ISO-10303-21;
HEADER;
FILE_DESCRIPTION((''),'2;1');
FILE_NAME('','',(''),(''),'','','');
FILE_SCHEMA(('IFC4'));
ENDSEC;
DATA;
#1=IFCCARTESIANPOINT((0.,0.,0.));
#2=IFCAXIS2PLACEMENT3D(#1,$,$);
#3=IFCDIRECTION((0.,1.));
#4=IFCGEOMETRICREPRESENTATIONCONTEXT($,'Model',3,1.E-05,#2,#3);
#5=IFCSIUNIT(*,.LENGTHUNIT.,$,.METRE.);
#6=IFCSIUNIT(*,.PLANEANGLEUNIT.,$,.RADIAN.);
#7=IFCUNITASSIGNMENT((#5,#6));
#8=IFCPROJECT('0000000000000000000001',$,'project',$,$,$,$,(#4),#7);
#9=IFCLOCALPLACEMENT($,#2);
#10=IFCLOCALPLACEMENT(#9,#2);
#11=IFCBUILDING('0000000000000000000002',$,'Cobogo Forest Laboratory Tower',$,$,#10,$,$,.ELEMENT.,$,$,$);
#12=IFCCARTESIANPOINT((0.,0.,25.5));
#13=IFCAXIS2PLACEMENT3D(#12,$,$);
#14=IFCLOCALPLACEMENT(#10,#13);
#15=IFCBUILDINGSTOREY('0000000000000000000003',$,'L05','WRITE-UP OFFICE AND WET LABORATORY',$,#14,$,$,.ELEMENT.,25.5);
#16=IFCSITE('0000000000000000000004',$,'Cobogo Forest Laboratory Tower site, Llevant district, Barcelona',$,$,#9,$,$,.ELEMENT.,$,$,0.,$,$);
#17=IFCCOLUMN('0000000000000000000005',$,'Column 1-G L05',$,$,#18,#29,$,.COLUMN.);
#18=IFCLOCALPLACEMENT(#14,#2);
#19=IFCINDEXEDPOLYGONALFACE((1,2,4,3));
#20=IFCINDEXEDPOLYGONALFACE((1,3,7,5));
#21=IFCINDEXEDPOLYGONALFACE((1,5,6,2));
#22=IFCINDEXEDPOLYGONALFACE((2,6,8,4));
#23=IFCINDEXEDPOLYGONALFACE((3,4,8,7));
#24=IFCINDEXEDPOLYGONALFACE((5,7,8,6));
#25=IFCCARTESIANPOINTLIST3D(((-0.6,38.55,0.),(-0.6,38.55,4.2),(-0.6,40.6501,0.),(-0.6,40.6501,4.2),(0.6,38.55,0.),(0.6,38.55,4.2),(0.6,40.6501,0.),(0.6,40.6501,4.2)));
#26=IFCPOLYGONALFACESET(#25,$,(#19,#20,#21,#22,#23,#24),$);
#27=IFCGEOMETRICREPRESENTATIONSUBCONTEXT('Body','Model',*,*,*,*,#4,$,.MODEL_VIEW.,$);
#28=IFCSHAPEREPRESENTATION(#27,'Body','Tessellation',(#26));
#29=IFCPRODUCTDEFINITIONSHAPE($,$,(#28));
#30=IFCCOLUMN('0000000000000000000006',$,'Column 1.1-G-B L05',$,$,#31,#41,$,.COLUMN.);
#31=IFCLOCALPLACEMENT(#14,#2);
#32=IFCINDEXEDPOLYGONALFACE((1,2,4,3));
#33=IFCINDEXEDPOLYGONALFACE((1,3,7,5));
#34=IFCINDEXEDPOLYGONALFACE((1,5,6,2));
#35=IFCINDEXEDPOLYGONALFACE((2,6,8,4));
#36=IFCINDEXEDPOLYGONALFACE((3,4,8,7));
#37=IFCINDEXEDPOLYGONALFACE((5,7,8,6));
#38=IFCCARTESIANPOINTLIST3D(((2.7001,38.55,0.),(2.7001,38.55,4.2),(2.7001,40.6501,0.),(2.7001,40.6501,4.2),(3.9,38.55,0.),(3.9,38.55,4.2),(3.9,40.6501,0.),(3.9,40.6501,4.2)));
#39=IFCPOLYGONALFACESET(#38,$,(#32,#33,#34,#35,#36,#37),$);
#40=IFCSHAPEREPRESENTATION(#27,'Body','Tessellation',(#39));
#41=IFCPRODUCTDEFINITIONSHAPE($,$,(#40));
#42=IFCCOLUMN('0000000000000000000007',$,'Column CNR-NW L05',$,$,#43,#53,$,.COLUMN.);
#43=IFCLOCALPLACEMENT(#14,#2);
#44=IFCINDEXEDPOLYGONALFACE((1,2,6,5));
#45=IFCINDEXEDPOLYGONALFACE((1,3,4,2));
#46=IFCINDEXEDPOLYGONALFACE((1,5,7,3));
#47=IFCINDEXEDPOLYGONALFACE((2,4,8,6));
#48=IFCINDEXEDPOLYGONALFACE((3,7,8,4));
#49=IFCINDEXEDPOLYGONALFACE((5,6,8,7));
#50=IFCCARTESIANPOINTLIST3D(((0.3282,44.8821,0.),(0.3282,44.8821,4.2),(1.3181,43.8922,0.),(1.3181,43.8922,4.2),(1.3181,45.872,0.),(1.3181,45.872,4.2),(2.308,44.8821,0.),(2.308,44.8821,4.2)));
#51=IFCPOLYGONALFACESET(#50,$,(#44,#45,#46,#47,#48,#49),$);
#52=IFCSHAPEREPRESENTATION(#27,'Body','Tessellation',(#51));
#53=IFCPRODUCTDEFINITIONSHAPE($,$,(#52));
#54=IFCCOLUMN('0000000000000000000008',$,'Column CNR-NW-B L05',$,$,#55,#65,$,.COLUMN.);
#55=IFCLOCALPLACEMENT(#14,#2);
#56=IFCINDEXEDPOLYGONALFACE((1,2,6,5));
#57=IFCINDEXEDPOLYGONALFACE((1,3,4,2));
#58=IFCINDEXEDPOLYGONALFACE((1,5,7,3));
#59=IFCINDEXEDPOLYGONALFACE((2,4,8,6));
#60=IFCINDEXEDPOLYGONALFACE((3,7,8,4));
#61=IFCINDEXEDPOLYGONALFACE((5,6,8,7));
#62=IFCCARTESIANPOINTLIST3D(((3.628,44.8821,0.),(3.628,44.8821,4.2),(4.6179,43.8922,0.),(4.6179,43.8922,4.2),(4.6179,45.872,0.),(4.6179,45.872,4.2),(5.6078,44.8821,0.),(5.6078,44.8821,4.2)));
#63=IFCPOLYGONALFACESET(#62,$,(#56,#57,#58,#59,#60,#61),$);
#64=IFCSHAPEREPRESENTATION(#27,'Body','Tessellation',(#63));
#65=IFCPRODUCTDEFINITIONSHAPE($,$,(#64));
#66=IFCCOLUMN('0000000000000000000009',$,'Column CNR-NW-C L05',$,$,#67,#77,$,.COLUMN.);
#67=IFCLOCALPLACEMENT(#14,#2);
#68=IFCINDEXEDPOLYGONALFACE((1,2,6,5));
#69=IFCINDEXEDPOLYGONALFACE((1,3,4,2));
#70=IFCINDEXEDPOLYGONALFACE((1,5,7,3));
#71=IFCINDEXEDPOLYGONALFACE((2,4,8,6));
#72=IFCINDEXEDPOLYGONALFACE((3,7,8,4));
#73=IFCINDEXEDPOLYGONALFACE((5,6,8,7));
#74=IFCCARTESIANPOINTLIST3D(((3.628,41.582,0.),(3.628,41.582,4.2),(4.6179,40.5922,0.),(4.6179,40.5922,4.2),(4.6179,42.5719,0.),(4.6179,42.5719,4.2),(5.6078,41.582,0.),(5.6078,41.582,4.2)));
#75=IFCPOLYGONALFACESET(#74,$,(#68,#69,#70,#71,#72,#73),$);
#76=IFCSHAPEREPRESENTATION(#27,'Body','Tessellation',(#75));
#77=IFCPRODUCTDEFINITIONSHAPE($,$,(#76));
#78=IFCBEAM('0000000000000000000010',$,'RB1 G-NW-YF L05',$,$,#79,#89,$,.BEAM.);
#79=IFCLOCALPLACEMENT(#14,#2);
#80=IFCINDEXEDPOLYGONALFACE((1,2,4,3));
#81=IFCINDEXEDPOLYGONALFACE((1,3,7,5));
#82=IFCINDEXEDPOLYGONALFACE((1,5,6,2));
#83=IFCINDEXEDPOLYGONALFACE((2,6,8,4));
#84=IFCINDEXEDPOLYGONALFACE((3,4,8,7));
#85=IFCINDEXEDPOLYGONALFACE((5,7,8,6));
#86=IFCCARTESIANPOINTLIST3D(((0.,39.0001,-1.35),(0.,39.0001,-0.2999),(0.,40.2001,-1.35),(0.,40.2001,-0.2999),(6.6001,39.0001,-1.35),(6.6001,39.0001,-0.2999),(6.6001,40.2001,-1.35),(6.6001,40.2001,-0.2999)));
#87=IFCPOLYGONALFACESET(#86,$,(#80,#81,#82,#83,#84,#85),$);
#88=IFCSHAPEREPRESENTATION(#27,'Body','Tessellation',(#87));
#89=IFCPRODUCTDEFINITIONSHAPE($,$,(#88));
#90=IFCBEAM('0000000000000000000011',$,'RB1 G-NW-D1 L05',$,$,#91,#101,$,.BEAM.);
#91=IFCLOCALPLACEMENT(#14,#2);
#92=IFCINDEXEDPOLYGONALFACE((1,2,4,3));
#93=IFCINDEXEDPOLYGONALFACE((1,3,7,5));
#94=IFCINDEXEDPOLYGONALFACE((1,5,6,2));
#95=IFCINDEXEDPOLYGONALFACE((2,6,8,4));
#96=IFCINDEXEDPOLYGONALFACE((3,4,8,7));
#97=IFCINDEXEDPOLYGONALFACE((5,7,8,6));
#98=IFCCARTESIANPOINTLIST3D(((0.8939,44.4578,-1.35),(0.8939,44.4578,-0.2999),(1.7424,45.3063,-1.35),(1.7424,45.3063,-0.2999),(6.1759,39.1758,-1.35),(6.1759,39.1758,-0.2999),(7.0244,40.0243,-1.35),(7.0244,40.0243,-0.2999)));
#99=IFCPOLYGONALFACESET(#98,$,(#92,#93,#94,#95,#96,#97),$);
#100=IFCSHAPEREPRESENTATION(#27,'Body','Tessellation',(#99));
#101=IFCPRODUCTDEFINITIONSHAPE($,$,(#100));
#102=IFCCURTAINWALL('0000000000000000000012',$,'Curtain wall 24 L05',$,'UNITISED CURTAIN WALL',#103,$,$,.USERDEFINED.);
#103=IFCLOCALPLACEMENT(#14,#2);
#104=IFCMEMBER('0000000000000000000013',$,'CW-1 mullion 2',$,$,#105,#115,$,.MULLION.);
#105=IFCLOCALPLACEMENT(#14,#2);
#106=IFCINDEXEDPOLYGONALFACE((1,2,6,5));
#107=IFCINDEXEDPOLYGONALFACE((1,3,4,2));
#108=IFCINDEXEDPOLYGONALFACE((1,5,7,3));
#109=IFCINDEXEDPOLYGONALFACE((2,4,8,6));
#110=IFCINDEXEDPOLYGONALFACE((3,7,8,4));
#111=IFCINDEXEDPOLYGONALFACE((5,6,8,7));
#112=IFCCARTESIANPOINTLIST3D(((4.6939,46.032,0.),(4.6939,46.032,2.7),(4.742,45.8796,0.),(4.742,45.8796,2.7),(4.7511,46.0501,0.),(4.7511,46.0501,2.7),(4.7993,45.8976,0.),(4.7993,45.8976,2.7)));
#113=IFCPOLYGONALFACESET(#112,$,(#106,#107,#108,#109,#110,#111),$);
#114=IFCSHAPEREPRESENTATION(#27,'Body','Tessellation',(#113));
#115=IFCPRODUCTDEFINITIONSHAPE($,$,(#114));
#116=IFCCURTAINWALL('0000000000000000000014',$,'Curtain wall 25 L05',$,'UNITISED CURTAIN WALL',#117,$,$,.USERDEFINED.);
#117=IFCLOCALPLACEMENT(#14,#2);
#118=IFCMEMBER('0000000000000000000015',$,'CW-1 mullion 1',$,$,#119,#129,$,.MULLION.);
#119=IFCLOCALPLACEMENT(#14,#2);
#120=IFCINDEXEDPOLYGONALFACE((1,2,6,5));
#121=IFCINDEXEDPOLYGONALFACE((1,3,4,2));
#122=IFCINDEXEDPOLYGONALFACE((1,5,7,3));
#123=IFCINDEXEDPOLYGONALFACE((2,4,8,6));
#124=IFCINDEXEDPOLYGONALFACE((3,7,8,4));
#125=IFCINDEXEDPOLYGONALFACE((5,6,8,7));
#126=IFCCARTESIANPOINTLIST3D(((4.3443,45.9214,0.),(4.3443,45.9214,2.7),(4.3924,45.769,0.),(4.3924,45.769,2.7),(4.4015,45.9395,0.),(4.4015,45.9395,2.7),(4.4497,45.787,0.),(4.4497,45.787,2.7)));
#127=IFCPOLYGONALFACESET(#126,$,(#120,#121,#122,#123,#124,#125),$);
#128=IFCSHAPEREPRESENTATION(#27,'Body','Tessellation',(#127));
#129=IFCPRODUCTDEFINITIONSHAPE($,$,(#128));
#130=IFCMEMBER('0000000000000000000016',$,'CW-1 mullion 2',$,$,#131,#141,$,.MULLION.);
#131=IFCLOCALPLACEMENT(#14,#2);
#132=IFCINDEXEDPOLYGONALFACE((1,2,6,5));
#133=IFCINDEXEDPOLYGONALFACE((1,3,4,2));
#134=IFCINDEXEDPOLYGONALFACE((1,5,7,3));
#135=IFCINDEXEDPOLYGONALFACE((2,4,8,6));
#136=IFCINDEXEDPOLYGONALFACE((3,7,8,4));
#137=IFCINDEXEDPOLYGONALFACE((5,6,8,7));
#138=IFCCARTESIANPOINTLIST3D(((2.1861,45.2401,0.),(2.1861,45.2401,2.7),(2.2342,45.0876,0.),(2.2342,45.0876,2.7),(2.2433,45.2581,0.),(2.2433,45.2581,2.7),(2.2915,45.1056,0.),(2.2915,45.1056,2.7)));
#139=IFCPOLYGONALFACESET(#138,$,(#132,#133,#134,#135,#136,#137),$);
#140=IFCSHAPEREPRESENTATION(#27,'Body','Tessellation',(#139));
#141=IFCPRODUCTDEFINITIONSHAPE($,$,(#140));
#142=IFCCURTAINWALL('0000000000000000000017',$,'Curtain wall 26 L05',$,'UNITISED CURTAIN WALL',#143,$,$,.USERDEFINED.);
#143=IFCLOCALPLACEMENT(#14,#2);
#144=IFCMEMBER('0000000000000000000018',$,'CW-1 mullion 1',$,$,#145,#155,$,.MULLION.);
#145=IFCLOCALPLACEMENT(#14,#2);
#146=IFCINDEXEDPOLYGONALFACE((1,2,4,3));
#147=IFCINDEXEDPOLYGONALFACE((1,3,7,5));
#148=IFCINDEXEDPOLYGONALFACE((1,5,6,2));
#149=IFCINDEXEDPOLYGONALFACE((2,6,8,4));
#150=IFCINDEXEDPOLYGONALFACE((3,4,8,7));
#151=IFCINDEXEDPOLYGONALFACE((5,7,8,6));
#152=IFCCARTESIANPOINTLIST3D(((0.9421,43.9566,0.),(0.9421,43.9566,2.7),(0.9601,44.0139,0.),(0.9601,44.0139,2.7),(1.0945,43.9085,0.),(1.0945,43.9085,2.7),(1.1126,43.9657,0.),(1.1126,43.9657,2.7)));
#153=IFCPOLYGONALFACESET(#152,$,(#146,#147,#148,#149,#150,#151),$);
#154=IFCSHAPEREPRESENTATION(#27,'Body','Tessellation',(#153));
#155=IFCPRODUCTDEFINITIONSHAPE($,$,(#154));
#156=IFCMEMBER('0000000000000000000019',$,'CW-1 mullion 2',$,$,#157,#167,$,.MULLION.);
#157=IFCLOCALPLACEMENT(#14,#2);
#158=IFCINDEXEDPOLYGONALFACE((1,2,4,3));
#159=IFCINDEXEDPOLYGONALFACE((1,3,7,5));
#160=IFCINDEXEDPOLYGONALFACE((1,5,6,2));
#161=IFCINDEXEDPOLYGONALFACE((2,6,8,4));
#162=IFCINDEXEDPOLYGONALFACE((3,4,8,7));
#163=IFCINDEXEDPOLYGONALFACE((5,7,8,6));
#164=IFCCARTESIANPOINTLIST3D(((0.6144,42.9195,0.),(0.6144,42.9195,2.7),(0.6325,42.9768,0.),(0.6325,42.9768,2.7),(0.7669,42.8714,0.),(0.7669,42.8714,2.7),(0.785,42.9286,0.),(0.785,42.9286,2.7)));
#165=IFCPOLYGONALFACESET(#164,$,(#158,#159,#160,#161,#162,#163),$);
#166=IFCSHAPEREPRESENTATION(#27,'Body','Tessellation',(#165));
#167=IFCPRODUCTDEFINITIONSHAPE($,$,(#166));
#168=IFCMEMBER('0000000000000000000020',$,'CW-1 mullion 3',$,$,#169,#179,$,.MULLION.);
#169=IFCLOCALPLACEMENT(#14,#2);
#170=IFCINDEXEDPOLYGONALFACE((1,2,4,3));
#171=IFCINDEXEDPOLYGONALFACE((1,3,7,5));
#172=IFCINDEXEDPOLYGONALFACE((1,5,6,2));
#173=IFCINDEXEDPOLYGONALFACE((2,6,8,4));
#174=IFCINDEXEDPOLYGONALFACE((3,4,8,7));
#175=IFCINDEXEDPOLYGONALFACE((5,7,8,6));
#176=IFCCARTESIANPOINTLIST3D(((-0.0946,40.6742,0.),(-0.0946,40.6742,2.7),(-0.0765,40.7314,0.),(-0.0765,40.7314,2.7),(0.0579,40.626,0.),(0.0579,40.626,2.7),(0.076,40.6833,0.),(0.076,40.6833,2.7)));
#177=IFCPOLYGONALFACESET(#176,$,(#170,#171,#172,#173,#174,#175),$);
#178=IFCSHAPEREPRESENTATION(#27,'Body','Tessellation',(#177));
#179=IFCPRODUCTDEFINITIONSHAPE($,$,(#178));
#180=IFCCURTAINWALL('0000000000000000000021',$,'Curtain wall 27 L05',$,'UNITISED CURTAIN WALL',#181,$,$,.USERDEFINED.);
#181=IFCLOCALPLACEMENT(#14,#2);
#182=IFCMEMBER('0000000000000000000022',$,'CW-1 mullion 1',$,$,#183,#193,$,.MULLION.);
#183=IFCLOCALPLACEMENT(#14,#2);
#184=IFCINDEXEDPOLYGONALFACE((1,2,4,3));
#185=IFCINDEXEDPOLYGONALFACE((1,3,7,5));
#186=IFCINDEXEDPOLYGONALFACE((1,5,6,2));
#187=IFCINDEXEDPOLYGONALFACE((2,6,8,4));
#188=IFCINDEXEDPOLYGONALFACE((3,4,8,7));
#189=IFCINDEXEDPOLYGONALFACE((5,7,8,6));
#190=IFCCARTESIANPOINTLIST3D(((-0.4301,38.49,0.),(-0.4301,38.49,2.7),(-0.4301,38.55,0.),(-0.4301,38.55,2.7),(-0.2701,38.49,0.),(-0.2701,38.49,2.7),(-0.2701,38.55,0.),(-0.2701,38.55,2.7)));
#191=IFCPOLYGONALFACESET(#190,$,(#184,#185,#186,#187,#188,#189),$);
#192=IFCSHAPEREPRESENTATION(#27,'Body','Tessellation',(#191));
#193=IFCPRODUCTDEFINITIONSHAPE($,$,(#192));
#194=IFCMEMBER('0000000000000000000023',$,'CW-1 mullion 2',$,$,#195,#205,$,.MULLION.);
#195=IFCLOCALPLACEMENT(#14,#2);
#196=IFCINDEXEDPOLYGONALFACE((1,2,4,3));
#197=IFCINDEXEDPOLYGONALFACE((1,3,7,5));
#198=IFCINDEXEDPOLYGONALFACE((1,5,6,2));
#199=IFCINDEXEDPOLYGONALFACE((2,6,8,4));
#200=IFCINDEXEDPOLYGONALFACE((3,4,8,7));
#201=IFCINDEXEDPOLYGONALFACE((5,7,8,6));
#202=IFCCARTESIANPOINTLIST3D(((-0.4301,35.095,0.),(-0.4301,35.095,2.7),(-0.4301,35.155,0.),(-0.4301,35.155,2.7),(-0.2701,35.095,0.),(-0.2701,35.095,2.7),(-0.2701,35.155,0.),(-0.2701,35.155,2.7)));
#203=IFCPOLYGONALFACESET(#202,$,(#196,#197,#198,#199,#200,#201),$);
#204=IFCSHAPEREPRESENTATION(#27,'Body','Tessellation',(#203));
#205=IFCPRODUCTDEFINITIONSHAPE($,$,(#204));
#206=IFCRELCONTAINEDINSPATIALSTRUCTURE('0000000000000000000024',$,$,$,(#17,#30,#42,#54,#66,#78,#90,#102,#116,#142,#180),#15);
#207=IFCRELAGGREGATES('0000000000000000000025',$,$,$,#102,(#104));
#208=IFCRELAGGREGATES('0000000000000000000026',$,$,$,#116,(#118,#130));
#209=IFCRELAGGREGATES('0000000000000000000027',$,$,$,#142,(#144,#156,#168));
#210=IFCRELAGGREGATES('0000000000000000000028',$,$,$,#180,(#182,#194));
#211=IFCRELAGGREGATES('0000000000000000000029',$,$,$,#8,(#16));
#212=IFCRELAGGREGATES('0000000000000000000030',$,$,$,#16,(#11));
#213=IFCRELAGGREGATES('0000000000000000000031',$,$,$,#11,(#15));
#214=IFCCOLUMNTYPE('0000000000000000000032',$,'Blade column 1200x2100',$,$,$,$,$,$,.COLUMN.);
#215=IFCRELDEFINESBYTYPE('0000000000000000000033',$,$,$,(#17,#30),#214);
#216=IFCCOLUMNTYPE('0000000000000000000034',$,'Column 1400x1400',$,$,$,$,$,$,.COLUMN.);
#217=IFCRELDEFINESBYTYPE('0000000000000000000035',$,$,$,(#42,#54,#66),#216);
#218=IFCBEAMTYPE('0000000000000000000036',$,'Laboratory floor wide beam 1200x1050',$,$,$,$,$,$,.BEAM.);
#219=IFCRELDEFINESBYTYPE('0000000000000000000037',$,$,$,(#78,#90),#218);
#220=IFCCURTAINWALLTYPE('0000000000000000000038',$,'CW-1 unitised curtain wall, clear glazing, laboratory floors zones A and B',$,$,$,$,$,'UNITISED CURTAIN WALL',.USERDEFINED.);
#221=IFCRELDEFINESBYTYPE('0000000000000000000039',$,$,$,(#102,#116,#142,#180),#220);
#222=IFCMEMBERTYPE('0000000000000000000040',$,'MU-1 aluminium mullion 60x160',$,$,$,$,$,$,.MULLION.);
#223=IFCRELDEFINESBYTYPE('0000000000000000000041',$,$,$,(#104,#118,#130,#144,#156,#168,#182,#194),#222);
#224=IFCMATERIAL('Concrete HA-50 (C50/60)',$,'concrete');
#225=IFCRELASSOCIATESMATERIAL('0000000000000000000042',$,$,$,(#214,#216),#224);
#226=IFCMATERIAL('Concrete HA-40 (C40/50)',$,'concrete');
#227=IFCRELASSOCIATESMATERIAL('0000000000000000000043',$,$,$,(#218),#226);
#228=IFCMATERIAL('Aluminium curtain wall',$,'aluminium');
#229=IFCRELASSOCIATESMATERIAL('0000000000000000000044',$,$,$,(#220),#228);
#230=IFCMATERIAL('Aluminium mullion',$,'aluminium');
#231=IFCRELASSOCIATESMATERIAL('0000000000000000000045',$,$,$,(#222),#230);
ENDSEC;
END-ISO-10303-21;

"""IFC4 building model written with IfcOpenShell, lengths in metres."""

from ifc_helpers import new_model, si_unit, direction, frame, origin, origin_2d, place, context, subcontext, project, spatial, rectangle, extrude, material, material_profile, profile_set, type_object, element, aggregate, save


model = new_model("IFC4")

# Units and contexts
model_context = context("Model", 3, precision=1e-05, world=origin(), true_north=direction((0.0, 1.0)))
body_context = subcontext(model_context, "Body", "Model", "MODEL_VIEW")
ifc_project = project(units=[si_unit("LENGTHUNIT", "METRE"), si_unit("PLANEANGLEUNIT", "RADIAN")], contexts=[model_context])

# Site, building, storey
site_placement = place(None, origin())
site = spatial("IfcSite", under=ifc_project, at=site_placement, Name="Cobogo Forest Laboratory Tower site, Llevant district, Barcelona", CompositionType="ELEMENT", RefElevation=0.0)
building_placement = place(site_placement, origin())
building = spatial("IfcBuilding", under=site, at=building_placement, Name="Cobogo Forest Laboratory Tower", CompositionType="ELEMENT")
storey_placement = place(building_placement, frame((0.0, 0.0, 25.5)))
storey = spatial("IfcBuildingStorey", under=building, at=storey_placement, Name="L05", Description="WRITE-UP OFFICE AND WET LABORATORY", CompositionType="ELEMENT", Elevation=25.5)

# Columns
ifc_material_1 = material(Name="Concrete HA-50 (C50/60)", Category="concrete")
ifc_material_profile_1 = material_profile(ifc_material_1, rectangle(XDim=2.1001, YDim=1.2, at=origin_2d()), Name="RC 1200x2100")
ifc_profile_set_1 = profile_set([ifc_material_profile_1], Name="Concrete HA-50 (C50/60)")
column_type_1 = type_object("IfcColumnType", Name="Blade column 1200x2100", PredefinedType="COLUMN", material=ifc_profile_set_1)
for number, where, z_axis, x_axis, name in (
    (1, (0.0, 39.6001, 0.0), (0.0, 0.0, 1.0), (0.0, 1.0, 0.0), "Column 1-G L05"),
    (2, (3.3, 39.6001, 0.0), (0.0, 0.0, 1.0), (0.0, 1.0, 0.0), "Column 1.1-G-B L05"),
):
    element("IfcColumn", number, at=place(storey_placement, frame(where, z_axis=z_axis, x_axis=x_axis)), inside=storey, type_object=column_type_1, Name=name, PredefinedType="COLUMN", context=body_context, shape_type="SweptSolid", body=[
        extrude(rectangle(XDim=2.1001, YDim=1.2, at=origin_2d()), origin(), (0.0, 0.0, 1.0), 4.2),
    ])
ifc_material_profile_2 = material_profile(ifc_material_1, rectangle(XDim=1.3999, YDim=1.3999, at=origin_2d()), Name="RC 1400x1400")
ifc_profile_set_2 = profile_set([ifc_material_profile_2], Name="Concrete HA-50 (C50/60)")
column_type_2 = type_object("IfcColumnType", Name="Column 1400x1400", PredefinedType="COLUMN", material=ifc_profile_set_2)
for number, where, z_axis, x_axis, name in (
    (3, (1.3181, 44.8821, 0.0), (0.0, 0.0, 1.0), (0.707107, 0.707107, 0.0), "Column CNR-NW L05"),
    (4, (4.6179, 44.8821, 0.0), (0.0, 0.0, 1.0), (0.707107, 0.707107, 0.0), "Column CNR-NW-B L05"),
    (5, (4.6179, 41.582, 0.0), (0.0, 0.0, 1.0), (0.707107, 0.707107, 0.0), "Column CNR-NW-C L05"),
):
    element("IfcColumn", number, at=place(storey_placement, frame(where, z_axis=z_axis, x_axis=x_axis)), inside=storey, type_object=column_type_2, Name=name, PredefinedType="COLUMN", context=body_context, shape_type="SweptSolid", body=[
        extrude(rectangle(XDim=1.3999, YDim=1.3999, at=origin_2d()), origin(), (0.0, 0.0, 1.0), 4.2),
    ])

# Beams
ifc_material_2 = material(Name="Concrete HA-40 (C40/50)", Category="concrete")
ifc_material_profile_3 = material_profile(ifc_material_2, rectangle(XDim=1.2, YDim=1.05, at=origin_2d()), Name="RC 1200x1050")
ifc_profile_set_3 = profile_set([ifc_material_profile_3], Name="Concrete HA-40 (C40/50)")
beam_type_1 = type_object("IfcBeamType", Name="Laboratory floor wide beam 1200x1050", PredefinedType="BEAM", material=ifc_profile_set_3)
beam_1_placement = place(storey_placement, frame((0.0, 39.6001, -0.825), z_axis=(1.0, 0.0, 0.0), x_axis=(0.0, 1.0, 0.0)))
element("IfcBeam", 6, at=beam_1_placement, inside=storey, type_object=beam_type_1, Name="RB1 G-NW-YF L05", PredefinedType="BEAM", context=body_context, shape_type="SweptSolid", body=[
    extrude(rectangle(XDim=1.2, YDim=1.05, at=origin_2d()), origin(), (0.0, 0.0, 1.0), 6.6001),
])
beam_2_placement = place(storey_placement, frame((1.3181, 44.8821, -0.825), z_axis=(0.707107, -0.707107, 0.0), x_axis=(0.707107, 0.707107, 0.0)))
element("IfcBeam", 7, at=beam_2_placement, inside=storey, type_object=beam_type_1, Name="RB1 G-NW-D1 L05", PredefinedType="BEAM", context=body_context, shape_type="SweptSolid", body=[
    extrude(rectangle(XDim=1.2, YDim=1.05, at=origin_2d()), origin(), (0.0, 0.0, 1.0), 7.47),
])

# Curtain wall, member
ifc_material_3 = material(Name="Aluminium curtain wall", Category="aluminium")
curtain_wall_type = type_object("IfcCurtainWallType", Name="CW-1 unitised curtain wall, clear glazing, laboratory floors zones A and B", ElementType="UNITISED CURTAIN WALL", PredefinedType="USERDEFINED", material=ifc_material_3)
curtain_wall_1_placement = place(storey_placement, origin())
curtain_wall_1 = element("IfcCurtainWall", 8, at=curtain_wall_1_placement, inside=storey, type_object=curtain_wall_type, Name="Curtain wall 24 L05", ObjectType="UNITISED CURTAIN WALL", PredefinedType="USERDEFINED")
ifc_material_4 = material(Name="Aluminium mullion", Category="aluminium")
ifc_material_profile_4 = material_profile(ifc_material_4, rectangle(XDim=0.0601, YDim=0.1599, at=origin_2d()), Name="AL 60x160")
ifc_profile_set_4 = profile_set([ifc_material_profile_4], Name="Aluminium mullion")
member_type_1 = type_object("IfcMemberType", Name="MU-1 aluminium mullion 60x160", PredefinedType="MULLION", material=ifc_profile_set_4)
member_1_placement = place(storey_placement, frame((4.7466, 45.9648, 0.0), z_axis=(0.0, 0.0, 1.0), x_axis=(-0.953582, -0.301135, 0.0)))
member_1 = element("IfcMember", 9, at=member_1_placement, type_object=member_type_1, Name="CW-1 mullion 2", PredefinedType="MULLION", context=body_context, shape_type="SweptSolid", body=[
    extrude(rectangle(XDim=0.0601, YDim=0.1599, at=origin_2d()), origin(), (0.0, 0.0, 1.0), 2.7),
])
aggregate(curtain_wall_1, [member_1])

# Curtain walls, members
curtain_wall_2_placement = place(storey_placement, origin())
curtain_wall_2 = element("IfcCurtainWall", 10, at=curtain_wall_2_placement, inside=storey, type_object=curtain_wall_type, Name="Curtain wall 25 L05", ObjectType="UNITISED CURTAIN WALL", PredefinedType="USERDEFINED")
member_2_placement = place(storey_placement, frame((4.397, 45.8542, 0.0), z_axis=(0.0, 0.0, 1.0), x_axis=(-0.953581, -0.301135, 0.0)))
member_2 = element("IfcMember", 11, at=member_2_placement, type_object=member_type_1, Name="CW-1 mullion 1", PredefinedType="MULLION", context=body_context, shape_type="SweptSolid", body=[
    extrude(rectangle(XDim=0.0601, YDim=0.1599, at=origin_2d()), origin(), (0.0, 0.0, 1.0), 2.7),
])
member_3_placement = place(storey_placement, frame((2.2388, 45.1729, 0.0), z_axis=(0.0, 0.0, 1.0), x_axis=(-0.953581, -0.301135, 0.0)))
member_3 = element("IfcMember", 12, at=member_3_placement, type_object=member_type_1, Name="CW-1 mullion 2", PredefinedType="MULLION", context=body_context, shape_type="SweptSolid", body=[
    extrude(rectangle(XDim=0.0601, YDim=0.1599, at=origin_2d()), origin(), (0.0, 0.0, 1.0), 2.7),
])
curtain_wall_3_placement = place(storey_placement, origin())
curtain_wall_3 = element("IfcCurtainWall", 13, at=curtain_wall_3_placement, inside=storey, type_object=curtain_wall_type, Name="Curtain wall 26 L05", ObjectType="UNITISED CURTAIN WALL", PredefinedType="USERDEFINED")
member_4_placement = place(storey_placement, frame((1.0273, 43.9612, 0.0), z_axis=(0.0, 0.0, 1.0), x_axis=(-0.301135, -0.953581, 0.0)))
member_4 = element("IfcMember", 14, at=member_4_placement, type_object=member_type_1, Name="CW-1 mullion 1", PredefinedType="MULLION", context=body_context, shape_type="SweptSolid", body=[
    extrude(rectangle(XDim=0.0601, YDim=0.1599, at=origin_2d()), origin(), (0.0, 0.0, 1.0), 2.7),
])
member_5_placement = place(storey_placement, frame((0.6997, 42.9241, 0.0), z_axis=(0.0, 0.0, 1.0), x_axis=(-0.301135, -0.953581, 0.0)))
member_5 = element("IfcMember", 15, at=member_5_placement, type_object=member_type_1, Name="CW-1 mullion 2", PredefinedType="MULLION", context=body_context, shape_type="SweptSolid", body=[
    extrude(rectangle(XDim=0.0601, YDim=0.1599, at=origin_2d()), origin(), (0.0, 0.0, 1.0), 2.7),
])
member_6_placement = place(storey_placement, frame((-0.0093, 40.6787, 0.0), z_axis=(0.0, 0.0, 1.0), x_axis=(-0.301135, -0.953581, 0.0)))
member_6 = element("IfcMember", 16, at=member_6_placement, type_object=member_type_1, Name="CW-1 mullion 3", PredefinedType="MULLION", context=body_context, shape_type="SweptSolid", body=[
    extrude(rectangle(XDim=0.0601, YDim=0.1599, at=origin_2d()), origin(), (0.0, 0.0, 1.0), 2.7),
])
curtain_wall_4_placement = place(storey_placement, origin())
curtain_wall_4 = element("IfcCurtainWall", 17, at=curtain_wall_4_placement, inside=storey, type_object=curtain_wall_type, Name="Curtain wall 27 L05", ObjectType="UNITISED CURTAIN WALL", PredefinedType="USERDEFINED")
member_7_placement = place(storey_placement, frame((-0.3501, 38.52, 0.0), z_axis=(0.0, 0.0, 1.0), x_axis=(0.0, -1.0, 0.0)))
member_7 = element("IfcMember", 18, at=member_7_placement, type_object=member_type_1, Name="CW-1 mullion 1", PredefinedType="MULLION", context=body_context, shape_type="SweptSolid", body=[
    extrude(rectangle(XDim=0.0601, YDim=0.1599, at=origin_2d()), origin(), (0.0, 0.0, 1.0), 2.7),
])
member_8_placement = place(storey_placement, frame((-0.3501, 35.125, 0.0), z_axis=(0.0, 0.0, 1.0), x_axis=(0.0, -1.0, 0.0)))
member_8 = element("IfcMember", 19, at=member_8_placement, type_object=member_type_1, Name="CW-1 mullion 2", PredefinedType="MULLION", context=body_context, shape_type="SweptSolid", body=[
    extrude(rectangle(XDim=0.0601, YDim=0.1599, at=origin_2d()), origin(), (0.0, 0.0, 1.0), 2.7),
])

aggregate(curtain_wall_2, [member_2, member_3])
aggregate(curtain_wall_3, [member_4, member_5, member_6])
aggregate(curtain_wall_4, [member_7, member_8])

save(model, "model.ifc")
